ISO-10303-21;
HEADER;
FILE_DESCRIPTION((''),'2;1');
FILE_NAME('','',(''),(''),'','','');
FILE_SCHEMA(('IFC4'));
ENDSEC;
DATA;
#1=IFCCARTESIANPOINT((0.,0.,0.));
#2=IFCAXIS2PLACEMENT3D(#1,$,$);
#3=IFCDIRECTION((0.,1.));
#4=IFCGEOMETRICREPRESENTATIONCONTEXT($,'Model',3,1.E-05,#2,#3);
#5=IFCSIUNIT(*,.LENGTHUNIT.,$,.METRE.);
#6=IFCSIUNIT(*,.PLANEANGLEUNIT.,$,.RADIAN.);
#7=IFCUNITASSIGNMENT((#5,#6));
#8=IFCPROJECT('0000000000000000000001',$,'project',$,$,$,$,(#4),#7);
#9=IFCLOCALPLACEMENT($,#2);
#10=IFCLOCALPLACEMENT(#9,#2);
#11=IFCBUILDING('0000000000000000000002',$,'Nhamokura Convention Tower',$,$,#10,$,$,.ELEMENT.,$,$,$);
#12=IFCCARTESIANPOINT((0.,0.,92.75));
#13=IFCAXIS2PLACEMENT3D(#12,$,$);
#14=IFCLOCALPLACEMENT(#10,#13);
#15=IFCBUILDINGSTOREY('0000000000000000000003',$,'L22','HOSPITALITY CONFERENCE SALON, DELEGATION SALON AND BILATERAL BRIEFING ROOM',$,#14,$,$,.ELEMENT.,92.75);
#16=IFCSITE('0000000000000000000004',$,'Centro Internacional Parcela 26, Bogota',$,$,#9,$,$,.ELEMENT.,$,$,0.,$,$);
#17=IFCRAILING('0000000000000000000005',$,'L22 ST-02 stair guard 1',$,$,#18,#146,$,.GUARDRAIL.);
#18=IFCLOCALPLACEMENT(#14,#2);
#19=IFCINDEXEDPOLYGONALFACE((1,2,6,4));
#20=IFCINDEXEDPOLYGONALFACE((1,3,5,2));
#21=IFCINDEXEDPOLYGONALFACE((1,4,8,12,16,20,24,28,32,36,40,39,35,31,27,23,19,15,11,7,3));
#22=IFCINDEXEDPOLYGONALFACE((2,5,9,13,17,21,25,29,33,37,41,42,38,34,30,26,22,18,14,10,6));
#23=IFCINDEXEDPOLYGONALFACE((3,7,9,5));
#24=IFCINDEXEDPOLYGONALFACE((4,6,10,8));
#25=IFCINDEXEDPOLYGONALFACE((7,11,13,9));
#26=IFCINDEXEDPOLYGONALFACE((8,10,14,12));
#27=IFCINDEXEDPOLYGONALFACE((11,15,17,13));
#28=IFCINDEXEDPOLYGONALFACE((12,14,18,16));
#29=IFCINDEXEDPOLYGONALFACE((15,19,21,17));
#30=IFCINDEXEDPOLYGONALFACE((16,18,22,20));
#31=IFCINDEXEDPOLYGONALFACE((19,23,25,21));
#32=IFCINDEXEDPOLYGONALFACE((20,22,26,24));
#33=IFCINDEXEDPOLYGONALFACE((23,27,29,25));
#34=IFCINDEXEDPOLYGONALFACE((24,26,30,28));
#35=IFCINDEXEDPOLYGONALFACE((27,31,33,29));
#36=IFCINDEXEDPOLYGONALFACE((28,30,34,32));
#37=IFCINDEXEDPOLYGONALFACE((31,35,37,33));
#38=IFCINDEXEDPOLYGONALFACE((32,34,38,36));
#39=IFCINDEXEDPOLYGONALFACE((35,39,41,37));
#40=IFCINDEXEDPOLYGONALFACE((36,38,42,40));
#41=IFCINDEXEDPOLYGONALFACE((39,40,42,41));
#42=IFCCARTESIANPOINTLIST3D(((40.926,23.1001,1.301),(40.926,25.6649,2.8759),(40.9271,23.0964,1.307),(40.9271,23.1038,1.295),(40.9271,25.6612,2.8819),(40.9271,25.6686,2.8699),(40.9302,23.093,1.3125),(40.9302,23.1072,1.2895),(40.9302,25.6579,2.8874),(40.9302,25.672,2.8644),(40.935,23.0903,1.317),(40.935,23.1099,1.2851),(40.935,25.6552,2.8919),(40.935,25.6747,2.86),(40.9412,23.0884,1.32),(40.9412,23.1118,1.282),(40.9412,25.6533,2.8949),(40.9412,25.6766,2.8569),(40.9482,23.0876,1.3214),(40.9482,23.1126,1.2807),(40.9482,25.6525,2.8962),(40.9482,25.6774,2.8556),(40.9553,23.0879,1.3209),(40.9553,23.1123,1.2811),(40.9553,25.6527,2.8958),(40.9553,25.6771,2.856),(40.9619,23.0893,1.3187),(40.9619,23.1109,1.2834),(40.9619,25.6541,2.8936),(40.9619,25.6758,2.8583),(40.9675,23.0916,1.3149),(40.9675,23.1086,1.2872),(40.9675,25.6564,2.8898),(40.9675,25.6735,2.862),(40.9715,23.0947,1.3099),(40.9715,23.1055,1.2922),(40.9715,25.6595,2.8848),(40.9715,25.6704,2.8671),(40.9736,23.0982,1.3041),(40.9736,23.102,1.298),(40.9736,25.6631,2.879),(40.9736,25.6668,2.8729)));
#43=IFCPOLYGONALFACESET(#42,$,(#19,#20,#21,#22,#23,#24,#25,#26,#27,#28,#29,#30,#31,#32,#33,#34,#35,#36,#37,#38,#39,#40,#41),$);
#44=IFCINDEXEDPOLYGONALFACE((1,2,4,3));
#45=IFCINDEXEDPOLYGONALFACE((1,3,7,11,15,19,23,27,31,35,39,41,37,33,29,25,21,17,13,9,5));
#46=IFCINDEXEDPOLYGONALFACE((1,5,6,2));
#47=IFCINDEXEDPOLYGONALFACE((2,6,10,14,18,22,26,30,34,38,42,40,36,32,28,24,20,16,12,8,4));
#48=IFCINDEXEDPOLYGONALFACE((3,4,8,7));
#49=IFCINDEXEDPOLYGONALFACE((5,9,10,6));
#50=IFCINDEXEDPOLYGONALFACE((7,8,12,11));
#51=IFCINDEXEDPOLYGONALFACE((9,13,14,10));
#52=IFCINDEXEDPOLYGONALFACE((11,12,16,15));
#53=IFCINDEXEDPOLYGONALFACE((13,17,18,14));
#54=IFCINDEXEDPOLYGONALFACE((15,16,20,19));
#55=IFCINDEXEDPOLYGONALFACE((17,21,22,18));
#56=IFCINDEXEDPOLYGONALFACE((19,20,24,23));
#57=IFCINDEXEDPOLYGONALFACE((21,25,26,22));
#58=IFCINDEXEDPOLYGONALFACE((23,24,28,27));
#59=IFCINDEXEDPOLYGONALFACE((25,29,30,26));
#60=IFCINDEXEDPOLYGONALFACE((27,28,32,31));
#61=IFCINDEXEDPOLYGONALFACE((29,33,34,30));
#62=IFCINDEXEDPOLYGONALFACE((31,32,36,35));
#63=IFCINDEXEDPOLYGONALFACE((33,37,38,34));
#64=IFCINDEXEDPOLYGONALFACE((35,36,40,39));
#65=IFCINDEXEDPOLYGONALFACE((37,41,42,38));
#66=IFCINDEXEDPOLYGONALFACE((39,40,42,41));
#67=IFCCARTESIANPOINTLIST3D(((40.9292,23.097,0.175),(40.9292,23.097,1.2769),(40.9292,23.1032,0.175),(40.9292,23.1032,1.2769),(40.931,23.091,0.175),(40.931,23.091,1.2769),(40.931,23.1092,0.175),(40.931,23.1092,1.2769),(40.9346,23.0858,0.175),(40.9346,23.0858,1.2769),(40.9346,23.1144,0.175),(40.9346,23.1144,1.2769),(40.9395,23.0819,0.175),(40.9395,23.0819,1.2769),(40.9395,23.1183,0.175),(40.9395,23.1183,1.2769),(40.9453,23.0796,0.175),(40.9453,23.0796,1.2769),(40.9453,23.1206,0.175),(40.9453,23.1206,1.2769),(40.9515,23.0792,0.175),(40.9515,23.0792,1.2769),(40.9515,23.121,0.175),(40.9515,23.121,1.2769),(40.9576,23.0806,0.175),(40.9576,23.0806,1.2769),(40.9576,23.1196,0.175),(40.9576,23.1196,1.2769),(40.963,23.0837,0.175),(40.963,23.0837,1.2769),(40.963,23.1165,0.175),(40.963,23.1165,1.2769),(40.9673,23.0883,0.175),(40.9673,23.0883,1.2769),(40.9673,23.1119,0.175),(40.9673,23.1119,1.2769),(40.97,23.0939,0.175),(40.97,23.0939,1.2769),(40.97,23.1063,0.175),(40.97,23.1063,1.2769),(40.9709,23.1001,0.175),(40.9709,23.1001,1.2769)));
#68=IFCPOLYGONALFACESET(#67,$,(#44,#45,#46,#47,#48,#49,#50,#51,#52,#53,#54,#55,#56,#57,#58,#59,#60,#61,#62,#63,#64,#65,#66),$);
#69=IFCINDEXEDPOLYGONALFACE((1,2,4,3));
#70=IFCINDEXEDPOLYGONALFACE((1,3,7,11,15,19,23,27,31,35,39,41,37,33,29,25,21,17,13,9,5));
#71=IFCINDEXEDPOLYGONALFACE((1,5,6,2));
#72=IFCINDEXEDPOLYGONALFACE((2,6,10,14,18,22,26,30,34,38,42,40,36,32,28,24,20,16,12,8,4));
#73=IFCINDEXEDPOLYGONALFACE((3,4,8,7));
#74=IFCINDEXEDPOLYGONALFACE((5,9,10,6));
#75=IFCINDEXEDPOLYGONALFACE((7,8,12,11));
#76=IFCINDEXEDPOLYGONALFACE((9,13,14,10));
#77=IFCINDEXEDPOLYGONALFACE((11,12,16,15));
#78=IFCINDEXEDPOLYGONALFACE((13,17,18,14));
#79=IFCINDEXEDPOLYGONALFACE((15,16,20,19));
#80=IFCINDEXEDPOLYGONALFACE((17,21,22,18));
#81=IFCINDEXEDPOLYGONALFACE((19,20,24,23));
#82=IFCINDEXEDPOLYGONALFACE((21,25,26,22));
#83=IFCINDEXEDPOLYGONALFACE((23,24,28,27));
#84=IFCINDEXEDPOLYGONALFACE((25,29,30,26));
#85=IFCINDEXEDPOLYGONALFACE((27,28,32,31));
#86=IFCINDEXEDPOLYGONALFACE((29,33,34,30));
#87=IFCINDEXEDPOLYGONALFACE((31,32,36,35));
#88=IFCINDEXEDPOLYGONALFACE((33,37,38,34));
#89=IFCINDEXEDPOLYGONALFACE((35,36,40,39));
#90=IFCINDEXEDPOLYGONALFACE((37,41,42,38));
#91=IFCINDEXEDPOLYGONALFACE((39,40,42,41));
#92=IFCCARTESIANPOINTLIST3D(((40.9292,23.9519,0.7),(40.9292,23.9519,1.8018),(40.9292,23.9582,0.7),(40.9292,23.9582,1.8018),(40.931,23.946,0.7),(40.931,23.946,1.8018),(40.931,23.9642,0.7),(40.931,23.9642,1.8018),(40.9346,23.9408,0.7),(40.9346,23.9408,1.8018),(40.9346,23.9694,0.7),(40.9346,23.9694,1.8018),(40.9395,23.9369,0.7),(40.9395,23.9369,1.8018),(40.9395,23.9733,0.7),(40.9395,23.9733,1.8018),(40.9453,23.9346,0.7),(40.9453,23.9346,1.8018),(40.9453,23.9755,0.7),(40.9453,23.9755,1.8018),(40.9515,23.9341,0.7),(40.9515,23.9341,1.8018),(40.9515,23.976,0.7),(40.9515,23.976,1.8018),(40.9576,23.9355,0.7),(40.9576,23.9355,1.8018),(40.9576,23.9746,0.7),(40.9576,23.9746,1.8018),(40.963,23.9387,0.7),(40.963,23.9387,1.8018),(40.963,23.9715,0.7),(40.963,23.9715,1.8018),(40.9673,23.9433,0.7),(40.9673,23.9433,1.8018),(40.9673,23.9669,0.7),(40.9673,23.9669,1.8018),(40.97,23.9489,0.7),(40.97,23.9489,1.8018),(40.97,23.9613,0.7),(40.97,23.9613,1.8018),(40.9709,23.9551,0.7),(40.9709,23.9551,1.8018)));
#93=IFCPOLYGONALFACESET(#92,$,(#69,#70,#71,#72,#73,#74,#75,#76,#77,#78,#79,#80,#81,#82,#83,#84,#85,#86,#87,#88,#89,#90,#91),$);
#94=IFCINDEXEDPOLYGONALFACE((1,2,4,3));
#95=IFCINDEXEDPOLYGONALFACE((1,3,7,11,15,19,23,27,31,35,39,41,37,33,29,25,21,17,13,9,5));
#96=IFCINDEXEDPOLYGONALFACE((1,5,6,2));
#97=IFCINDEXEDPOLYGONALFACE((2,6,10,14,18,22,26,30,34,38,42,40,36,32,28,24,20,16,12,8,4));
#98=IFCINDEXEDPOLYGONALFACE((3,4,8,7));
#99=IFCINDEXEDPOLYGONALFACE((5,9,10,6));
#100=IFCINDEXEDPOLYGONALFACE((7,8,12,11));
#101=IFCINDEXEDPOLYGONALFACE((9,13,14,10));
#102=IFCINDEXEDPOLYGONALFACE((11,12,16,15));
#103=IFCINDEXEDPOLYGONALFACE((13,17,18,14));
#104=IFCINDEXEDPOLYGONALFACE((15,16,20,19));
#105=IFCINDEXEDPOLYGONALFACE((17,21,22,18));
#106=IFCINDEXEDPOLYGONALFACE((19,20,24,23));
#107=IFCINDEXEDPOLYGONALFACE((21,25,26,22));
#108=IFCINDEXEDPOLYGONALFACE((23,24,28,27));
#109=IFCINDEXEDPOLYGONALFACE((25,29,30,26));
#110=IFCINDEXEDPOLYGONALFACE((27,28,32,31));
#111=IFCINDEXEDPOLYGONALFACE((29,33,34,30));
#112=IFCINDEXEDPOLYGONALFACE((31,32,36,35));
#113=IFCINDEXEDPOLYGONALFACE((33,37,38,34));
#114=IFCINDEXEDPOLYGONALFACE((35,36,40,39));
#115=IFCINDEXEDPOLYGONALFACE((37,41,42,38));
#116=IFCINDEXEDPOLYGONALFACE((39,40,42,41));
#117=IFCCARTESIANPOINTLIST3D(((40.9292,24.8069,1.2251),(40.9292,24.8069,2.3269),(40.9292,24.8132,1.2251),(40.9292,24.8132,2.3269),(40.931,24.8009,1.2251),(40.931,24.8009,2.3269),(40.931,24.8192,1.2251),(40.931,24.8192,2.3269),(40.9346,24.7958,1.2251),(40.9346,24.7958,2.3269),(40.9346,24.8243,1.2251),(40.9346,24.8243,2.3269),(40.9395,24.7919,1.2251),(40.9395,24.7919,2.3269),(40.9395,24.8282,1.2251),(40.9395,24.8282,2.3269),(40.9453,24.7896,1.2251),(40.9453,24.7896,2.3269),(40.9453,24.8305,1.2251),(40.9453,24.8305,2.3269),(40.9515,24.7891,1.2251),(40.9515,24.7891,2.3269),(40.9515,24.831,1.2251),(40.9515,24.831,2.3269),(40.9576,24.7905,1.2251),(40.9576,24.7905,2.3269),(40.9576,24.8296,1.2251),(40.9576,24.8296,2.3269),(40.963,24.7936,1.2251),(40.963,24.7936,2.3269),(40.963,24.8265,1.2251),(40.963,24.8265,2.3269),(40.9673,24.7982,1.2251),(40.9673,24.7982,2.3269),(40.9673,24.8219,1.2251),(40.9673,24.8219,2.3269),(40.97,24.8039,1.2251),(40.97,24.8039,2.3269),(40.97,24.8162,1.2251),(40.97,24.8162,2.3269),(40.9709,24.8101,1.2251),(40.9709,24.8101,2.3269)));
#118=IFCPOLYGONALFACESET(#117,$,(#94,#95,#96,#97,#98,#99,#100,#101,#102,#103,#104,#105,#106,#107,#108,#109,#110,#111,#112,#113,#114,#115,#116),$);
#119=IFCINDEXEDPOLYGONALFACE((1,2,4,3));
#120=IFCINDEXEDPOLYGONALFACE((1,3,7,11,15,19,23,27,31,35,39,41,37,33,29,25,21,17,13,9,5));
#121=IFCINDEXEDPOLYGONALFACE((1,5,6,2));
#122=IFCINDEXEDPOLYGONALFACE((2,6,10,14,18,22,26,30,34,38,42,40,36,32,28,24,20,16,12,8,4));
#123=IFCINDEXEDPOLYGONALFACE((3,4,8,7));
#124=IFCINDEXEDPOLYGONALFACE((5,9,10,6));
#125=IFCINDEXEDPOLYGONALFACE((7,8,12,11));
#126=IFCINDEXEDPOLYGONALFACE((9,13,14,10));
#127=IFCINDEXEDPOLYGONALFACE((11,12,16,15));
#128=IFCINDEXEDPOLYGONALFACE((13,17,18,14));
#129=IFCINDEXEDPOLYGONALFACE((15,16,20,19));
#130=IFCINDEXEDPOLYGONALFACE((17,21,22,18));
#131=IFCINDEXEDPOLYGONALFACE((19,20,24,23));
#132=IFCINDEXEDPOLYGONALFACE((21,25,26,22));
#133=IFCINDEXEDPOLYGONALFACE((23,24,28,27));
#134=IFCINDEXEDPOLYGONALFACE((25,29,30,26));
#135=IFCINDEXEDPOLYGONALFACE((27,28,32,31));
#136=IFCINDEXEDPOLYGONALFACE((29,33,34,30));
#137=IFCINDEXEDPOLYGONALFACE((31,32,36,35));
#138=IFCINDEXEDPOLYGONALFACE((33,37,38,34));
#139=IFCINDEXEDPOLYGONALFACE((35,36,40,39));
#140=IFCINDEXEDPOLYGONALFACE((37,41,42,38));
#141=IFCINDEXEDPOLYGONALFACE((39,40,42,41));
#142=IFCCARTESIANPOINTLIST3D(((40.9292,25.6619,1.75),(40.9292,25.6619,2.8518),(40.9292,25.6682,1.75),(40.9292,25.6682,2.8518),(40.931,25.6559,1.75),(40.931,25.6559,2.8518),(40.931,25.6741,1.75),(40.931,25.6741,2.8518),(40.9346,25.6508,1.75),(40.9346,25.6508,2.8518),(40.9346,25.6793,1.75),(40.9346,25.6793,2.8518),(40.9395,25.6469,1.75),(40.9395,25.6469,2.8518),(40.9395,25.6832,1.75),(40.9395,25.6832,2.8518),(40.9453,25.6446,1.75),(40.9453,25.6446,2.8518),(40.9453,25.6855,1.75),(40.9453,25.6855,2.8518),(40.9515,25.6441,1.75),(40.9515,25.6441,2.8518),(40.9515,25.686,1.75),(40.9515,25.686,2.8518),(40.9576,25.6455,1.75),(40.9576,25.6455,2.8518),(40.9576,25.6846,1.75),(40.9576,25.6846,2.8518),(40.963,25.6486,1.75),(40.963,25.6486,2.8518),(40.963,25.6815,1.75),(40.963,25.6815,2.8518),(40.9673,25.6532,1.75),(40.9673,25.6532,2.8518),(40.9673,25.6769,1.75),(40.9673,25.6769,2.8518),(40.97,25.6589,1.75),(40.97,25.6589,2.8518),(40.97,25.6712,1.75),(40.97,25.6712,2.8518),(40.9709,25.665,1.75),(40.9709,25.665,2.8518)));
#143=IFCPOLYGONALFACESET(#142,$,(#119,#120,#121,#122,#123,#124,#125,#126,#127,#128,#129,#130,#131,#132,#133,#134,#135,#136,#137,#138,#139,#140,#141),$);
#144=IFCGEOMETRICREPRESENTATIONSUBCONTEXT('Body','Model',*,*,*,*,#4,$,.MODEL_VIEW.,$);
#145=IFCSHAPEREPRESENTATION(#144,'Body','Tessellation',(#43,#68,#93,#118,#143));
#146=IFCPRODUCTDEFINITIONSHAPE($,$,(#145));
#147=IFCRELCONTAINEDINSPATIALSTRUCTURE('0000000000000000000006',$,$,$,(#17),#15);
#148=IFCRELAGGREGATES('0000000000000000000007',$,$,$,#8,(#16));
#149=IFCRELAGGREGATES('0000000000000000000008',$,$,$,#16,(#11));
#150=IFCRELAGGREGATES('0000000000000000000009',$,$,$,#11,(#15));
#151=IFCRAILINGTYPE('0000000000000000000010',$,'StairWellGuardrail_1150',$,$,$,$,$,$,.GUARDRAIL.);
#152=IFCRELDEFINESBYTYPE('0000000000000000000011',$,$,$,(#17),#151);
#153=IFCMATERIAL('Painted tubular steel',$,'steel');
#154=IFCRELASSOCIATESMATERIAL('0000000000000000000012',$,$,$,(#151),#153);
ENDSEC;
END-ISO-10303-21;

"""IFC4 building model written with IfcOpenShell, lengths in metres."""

from ifc_helpers import new_model, si_unit, direction, frame, origin, origin_2d, place, context, subcontext, project, spatial, circle, extrude, material, type_object, element, save


model = new_model("IFC4")

# Units and contexts
model_context = context("Model", 3, precision=1e-05, world=origin(), true_north=direction((0.0, 1.0)))
body_context = subcontext(model_context, "Body", "Model", "MODEL_VIEW")
ifc_project = project(units=[si_unit("LENGTHUNIT", "METRE"), si_unit("PLANEANGLEUNIT", "RADIAN")], contexts=[model_context])

# Site, building, storey
site_placement = place(None, origin())
site = spatial("IfcSite", under=ifc_project, at=site_placement, Name="Centro Internacional Parcela 26, Bogota", CompositionType="ELEMENT", RefElevation=0.0)
building_placement = place(site_placement, origin())
building = spatial("IfcBuilding", under=site, at=building_placement, Name="Nhamokura Convention Tower", CompositionType="ELEMENT")
storey_placement = place(building_placement, frame((0.0, 0.0, 92.75)))
storey = spatial("IfcBuildingStorey", under=building, at=storey_placement, Name="L22", Description="HOSPITALITY CONFERENCE SALON, DELEGATION SALON AND BILATERAL BRIEFING ROOM", CompositionType="ELEMENT", Elevation=92.75)

# Railing
ifc_material_1 = material(Name="Painted tubular steel", Category="steel")
railing_type_1 = type_object("IfcRailingType", Name="StairWellGuardrail_1150", PredefinedType="GUARDRAIL", material=ifc_material_1)
railing_1_placement = place(storey_placement, frame((40.95, 23.1001, 0.175)))
element("IfcRailing", 1, at=railing_1_placement, inside=storey, type_object=railing_type_1, Name="L22 ST-02 stair guard 1", PredefinedType="GUARDRAIL", context=body_context, shape_type="SweptSolid", body=[
    extrude(circle(Radius=0.0239, at=origin_2d()), frame((0.0, 0.0, 1.126), z_axis=(0.0, 0.852173, 0.52326), x_axis=(-1.0, 0.0, 0.0)), (0.0, 0.0, 1.0), 3.0098),
    extrude(circle(Radius=0.021, at=origin_2d()), origin(), (0.0, 0.0, 1.0), 1.1018),
    extrude(circle(Radius=0.021, at=origin_2d()), frame((0.0, 0.855, 0.5249)), (0.0, 0.0, 1.0), 1.1018),
    extrude(circle(Radius=0.021, at=origin_2d()), frame((0.0, 1.71, 1.05)), (0.0, 0.0, 1.0), 1.1018),
    extrude(circle(Radius=0.021, at=origin_2d()), frame((0.0, 2.5649, 1.575)), (0.0, 0.0, 1.0), 1.1018),
])

save(model, "model.ifc")
